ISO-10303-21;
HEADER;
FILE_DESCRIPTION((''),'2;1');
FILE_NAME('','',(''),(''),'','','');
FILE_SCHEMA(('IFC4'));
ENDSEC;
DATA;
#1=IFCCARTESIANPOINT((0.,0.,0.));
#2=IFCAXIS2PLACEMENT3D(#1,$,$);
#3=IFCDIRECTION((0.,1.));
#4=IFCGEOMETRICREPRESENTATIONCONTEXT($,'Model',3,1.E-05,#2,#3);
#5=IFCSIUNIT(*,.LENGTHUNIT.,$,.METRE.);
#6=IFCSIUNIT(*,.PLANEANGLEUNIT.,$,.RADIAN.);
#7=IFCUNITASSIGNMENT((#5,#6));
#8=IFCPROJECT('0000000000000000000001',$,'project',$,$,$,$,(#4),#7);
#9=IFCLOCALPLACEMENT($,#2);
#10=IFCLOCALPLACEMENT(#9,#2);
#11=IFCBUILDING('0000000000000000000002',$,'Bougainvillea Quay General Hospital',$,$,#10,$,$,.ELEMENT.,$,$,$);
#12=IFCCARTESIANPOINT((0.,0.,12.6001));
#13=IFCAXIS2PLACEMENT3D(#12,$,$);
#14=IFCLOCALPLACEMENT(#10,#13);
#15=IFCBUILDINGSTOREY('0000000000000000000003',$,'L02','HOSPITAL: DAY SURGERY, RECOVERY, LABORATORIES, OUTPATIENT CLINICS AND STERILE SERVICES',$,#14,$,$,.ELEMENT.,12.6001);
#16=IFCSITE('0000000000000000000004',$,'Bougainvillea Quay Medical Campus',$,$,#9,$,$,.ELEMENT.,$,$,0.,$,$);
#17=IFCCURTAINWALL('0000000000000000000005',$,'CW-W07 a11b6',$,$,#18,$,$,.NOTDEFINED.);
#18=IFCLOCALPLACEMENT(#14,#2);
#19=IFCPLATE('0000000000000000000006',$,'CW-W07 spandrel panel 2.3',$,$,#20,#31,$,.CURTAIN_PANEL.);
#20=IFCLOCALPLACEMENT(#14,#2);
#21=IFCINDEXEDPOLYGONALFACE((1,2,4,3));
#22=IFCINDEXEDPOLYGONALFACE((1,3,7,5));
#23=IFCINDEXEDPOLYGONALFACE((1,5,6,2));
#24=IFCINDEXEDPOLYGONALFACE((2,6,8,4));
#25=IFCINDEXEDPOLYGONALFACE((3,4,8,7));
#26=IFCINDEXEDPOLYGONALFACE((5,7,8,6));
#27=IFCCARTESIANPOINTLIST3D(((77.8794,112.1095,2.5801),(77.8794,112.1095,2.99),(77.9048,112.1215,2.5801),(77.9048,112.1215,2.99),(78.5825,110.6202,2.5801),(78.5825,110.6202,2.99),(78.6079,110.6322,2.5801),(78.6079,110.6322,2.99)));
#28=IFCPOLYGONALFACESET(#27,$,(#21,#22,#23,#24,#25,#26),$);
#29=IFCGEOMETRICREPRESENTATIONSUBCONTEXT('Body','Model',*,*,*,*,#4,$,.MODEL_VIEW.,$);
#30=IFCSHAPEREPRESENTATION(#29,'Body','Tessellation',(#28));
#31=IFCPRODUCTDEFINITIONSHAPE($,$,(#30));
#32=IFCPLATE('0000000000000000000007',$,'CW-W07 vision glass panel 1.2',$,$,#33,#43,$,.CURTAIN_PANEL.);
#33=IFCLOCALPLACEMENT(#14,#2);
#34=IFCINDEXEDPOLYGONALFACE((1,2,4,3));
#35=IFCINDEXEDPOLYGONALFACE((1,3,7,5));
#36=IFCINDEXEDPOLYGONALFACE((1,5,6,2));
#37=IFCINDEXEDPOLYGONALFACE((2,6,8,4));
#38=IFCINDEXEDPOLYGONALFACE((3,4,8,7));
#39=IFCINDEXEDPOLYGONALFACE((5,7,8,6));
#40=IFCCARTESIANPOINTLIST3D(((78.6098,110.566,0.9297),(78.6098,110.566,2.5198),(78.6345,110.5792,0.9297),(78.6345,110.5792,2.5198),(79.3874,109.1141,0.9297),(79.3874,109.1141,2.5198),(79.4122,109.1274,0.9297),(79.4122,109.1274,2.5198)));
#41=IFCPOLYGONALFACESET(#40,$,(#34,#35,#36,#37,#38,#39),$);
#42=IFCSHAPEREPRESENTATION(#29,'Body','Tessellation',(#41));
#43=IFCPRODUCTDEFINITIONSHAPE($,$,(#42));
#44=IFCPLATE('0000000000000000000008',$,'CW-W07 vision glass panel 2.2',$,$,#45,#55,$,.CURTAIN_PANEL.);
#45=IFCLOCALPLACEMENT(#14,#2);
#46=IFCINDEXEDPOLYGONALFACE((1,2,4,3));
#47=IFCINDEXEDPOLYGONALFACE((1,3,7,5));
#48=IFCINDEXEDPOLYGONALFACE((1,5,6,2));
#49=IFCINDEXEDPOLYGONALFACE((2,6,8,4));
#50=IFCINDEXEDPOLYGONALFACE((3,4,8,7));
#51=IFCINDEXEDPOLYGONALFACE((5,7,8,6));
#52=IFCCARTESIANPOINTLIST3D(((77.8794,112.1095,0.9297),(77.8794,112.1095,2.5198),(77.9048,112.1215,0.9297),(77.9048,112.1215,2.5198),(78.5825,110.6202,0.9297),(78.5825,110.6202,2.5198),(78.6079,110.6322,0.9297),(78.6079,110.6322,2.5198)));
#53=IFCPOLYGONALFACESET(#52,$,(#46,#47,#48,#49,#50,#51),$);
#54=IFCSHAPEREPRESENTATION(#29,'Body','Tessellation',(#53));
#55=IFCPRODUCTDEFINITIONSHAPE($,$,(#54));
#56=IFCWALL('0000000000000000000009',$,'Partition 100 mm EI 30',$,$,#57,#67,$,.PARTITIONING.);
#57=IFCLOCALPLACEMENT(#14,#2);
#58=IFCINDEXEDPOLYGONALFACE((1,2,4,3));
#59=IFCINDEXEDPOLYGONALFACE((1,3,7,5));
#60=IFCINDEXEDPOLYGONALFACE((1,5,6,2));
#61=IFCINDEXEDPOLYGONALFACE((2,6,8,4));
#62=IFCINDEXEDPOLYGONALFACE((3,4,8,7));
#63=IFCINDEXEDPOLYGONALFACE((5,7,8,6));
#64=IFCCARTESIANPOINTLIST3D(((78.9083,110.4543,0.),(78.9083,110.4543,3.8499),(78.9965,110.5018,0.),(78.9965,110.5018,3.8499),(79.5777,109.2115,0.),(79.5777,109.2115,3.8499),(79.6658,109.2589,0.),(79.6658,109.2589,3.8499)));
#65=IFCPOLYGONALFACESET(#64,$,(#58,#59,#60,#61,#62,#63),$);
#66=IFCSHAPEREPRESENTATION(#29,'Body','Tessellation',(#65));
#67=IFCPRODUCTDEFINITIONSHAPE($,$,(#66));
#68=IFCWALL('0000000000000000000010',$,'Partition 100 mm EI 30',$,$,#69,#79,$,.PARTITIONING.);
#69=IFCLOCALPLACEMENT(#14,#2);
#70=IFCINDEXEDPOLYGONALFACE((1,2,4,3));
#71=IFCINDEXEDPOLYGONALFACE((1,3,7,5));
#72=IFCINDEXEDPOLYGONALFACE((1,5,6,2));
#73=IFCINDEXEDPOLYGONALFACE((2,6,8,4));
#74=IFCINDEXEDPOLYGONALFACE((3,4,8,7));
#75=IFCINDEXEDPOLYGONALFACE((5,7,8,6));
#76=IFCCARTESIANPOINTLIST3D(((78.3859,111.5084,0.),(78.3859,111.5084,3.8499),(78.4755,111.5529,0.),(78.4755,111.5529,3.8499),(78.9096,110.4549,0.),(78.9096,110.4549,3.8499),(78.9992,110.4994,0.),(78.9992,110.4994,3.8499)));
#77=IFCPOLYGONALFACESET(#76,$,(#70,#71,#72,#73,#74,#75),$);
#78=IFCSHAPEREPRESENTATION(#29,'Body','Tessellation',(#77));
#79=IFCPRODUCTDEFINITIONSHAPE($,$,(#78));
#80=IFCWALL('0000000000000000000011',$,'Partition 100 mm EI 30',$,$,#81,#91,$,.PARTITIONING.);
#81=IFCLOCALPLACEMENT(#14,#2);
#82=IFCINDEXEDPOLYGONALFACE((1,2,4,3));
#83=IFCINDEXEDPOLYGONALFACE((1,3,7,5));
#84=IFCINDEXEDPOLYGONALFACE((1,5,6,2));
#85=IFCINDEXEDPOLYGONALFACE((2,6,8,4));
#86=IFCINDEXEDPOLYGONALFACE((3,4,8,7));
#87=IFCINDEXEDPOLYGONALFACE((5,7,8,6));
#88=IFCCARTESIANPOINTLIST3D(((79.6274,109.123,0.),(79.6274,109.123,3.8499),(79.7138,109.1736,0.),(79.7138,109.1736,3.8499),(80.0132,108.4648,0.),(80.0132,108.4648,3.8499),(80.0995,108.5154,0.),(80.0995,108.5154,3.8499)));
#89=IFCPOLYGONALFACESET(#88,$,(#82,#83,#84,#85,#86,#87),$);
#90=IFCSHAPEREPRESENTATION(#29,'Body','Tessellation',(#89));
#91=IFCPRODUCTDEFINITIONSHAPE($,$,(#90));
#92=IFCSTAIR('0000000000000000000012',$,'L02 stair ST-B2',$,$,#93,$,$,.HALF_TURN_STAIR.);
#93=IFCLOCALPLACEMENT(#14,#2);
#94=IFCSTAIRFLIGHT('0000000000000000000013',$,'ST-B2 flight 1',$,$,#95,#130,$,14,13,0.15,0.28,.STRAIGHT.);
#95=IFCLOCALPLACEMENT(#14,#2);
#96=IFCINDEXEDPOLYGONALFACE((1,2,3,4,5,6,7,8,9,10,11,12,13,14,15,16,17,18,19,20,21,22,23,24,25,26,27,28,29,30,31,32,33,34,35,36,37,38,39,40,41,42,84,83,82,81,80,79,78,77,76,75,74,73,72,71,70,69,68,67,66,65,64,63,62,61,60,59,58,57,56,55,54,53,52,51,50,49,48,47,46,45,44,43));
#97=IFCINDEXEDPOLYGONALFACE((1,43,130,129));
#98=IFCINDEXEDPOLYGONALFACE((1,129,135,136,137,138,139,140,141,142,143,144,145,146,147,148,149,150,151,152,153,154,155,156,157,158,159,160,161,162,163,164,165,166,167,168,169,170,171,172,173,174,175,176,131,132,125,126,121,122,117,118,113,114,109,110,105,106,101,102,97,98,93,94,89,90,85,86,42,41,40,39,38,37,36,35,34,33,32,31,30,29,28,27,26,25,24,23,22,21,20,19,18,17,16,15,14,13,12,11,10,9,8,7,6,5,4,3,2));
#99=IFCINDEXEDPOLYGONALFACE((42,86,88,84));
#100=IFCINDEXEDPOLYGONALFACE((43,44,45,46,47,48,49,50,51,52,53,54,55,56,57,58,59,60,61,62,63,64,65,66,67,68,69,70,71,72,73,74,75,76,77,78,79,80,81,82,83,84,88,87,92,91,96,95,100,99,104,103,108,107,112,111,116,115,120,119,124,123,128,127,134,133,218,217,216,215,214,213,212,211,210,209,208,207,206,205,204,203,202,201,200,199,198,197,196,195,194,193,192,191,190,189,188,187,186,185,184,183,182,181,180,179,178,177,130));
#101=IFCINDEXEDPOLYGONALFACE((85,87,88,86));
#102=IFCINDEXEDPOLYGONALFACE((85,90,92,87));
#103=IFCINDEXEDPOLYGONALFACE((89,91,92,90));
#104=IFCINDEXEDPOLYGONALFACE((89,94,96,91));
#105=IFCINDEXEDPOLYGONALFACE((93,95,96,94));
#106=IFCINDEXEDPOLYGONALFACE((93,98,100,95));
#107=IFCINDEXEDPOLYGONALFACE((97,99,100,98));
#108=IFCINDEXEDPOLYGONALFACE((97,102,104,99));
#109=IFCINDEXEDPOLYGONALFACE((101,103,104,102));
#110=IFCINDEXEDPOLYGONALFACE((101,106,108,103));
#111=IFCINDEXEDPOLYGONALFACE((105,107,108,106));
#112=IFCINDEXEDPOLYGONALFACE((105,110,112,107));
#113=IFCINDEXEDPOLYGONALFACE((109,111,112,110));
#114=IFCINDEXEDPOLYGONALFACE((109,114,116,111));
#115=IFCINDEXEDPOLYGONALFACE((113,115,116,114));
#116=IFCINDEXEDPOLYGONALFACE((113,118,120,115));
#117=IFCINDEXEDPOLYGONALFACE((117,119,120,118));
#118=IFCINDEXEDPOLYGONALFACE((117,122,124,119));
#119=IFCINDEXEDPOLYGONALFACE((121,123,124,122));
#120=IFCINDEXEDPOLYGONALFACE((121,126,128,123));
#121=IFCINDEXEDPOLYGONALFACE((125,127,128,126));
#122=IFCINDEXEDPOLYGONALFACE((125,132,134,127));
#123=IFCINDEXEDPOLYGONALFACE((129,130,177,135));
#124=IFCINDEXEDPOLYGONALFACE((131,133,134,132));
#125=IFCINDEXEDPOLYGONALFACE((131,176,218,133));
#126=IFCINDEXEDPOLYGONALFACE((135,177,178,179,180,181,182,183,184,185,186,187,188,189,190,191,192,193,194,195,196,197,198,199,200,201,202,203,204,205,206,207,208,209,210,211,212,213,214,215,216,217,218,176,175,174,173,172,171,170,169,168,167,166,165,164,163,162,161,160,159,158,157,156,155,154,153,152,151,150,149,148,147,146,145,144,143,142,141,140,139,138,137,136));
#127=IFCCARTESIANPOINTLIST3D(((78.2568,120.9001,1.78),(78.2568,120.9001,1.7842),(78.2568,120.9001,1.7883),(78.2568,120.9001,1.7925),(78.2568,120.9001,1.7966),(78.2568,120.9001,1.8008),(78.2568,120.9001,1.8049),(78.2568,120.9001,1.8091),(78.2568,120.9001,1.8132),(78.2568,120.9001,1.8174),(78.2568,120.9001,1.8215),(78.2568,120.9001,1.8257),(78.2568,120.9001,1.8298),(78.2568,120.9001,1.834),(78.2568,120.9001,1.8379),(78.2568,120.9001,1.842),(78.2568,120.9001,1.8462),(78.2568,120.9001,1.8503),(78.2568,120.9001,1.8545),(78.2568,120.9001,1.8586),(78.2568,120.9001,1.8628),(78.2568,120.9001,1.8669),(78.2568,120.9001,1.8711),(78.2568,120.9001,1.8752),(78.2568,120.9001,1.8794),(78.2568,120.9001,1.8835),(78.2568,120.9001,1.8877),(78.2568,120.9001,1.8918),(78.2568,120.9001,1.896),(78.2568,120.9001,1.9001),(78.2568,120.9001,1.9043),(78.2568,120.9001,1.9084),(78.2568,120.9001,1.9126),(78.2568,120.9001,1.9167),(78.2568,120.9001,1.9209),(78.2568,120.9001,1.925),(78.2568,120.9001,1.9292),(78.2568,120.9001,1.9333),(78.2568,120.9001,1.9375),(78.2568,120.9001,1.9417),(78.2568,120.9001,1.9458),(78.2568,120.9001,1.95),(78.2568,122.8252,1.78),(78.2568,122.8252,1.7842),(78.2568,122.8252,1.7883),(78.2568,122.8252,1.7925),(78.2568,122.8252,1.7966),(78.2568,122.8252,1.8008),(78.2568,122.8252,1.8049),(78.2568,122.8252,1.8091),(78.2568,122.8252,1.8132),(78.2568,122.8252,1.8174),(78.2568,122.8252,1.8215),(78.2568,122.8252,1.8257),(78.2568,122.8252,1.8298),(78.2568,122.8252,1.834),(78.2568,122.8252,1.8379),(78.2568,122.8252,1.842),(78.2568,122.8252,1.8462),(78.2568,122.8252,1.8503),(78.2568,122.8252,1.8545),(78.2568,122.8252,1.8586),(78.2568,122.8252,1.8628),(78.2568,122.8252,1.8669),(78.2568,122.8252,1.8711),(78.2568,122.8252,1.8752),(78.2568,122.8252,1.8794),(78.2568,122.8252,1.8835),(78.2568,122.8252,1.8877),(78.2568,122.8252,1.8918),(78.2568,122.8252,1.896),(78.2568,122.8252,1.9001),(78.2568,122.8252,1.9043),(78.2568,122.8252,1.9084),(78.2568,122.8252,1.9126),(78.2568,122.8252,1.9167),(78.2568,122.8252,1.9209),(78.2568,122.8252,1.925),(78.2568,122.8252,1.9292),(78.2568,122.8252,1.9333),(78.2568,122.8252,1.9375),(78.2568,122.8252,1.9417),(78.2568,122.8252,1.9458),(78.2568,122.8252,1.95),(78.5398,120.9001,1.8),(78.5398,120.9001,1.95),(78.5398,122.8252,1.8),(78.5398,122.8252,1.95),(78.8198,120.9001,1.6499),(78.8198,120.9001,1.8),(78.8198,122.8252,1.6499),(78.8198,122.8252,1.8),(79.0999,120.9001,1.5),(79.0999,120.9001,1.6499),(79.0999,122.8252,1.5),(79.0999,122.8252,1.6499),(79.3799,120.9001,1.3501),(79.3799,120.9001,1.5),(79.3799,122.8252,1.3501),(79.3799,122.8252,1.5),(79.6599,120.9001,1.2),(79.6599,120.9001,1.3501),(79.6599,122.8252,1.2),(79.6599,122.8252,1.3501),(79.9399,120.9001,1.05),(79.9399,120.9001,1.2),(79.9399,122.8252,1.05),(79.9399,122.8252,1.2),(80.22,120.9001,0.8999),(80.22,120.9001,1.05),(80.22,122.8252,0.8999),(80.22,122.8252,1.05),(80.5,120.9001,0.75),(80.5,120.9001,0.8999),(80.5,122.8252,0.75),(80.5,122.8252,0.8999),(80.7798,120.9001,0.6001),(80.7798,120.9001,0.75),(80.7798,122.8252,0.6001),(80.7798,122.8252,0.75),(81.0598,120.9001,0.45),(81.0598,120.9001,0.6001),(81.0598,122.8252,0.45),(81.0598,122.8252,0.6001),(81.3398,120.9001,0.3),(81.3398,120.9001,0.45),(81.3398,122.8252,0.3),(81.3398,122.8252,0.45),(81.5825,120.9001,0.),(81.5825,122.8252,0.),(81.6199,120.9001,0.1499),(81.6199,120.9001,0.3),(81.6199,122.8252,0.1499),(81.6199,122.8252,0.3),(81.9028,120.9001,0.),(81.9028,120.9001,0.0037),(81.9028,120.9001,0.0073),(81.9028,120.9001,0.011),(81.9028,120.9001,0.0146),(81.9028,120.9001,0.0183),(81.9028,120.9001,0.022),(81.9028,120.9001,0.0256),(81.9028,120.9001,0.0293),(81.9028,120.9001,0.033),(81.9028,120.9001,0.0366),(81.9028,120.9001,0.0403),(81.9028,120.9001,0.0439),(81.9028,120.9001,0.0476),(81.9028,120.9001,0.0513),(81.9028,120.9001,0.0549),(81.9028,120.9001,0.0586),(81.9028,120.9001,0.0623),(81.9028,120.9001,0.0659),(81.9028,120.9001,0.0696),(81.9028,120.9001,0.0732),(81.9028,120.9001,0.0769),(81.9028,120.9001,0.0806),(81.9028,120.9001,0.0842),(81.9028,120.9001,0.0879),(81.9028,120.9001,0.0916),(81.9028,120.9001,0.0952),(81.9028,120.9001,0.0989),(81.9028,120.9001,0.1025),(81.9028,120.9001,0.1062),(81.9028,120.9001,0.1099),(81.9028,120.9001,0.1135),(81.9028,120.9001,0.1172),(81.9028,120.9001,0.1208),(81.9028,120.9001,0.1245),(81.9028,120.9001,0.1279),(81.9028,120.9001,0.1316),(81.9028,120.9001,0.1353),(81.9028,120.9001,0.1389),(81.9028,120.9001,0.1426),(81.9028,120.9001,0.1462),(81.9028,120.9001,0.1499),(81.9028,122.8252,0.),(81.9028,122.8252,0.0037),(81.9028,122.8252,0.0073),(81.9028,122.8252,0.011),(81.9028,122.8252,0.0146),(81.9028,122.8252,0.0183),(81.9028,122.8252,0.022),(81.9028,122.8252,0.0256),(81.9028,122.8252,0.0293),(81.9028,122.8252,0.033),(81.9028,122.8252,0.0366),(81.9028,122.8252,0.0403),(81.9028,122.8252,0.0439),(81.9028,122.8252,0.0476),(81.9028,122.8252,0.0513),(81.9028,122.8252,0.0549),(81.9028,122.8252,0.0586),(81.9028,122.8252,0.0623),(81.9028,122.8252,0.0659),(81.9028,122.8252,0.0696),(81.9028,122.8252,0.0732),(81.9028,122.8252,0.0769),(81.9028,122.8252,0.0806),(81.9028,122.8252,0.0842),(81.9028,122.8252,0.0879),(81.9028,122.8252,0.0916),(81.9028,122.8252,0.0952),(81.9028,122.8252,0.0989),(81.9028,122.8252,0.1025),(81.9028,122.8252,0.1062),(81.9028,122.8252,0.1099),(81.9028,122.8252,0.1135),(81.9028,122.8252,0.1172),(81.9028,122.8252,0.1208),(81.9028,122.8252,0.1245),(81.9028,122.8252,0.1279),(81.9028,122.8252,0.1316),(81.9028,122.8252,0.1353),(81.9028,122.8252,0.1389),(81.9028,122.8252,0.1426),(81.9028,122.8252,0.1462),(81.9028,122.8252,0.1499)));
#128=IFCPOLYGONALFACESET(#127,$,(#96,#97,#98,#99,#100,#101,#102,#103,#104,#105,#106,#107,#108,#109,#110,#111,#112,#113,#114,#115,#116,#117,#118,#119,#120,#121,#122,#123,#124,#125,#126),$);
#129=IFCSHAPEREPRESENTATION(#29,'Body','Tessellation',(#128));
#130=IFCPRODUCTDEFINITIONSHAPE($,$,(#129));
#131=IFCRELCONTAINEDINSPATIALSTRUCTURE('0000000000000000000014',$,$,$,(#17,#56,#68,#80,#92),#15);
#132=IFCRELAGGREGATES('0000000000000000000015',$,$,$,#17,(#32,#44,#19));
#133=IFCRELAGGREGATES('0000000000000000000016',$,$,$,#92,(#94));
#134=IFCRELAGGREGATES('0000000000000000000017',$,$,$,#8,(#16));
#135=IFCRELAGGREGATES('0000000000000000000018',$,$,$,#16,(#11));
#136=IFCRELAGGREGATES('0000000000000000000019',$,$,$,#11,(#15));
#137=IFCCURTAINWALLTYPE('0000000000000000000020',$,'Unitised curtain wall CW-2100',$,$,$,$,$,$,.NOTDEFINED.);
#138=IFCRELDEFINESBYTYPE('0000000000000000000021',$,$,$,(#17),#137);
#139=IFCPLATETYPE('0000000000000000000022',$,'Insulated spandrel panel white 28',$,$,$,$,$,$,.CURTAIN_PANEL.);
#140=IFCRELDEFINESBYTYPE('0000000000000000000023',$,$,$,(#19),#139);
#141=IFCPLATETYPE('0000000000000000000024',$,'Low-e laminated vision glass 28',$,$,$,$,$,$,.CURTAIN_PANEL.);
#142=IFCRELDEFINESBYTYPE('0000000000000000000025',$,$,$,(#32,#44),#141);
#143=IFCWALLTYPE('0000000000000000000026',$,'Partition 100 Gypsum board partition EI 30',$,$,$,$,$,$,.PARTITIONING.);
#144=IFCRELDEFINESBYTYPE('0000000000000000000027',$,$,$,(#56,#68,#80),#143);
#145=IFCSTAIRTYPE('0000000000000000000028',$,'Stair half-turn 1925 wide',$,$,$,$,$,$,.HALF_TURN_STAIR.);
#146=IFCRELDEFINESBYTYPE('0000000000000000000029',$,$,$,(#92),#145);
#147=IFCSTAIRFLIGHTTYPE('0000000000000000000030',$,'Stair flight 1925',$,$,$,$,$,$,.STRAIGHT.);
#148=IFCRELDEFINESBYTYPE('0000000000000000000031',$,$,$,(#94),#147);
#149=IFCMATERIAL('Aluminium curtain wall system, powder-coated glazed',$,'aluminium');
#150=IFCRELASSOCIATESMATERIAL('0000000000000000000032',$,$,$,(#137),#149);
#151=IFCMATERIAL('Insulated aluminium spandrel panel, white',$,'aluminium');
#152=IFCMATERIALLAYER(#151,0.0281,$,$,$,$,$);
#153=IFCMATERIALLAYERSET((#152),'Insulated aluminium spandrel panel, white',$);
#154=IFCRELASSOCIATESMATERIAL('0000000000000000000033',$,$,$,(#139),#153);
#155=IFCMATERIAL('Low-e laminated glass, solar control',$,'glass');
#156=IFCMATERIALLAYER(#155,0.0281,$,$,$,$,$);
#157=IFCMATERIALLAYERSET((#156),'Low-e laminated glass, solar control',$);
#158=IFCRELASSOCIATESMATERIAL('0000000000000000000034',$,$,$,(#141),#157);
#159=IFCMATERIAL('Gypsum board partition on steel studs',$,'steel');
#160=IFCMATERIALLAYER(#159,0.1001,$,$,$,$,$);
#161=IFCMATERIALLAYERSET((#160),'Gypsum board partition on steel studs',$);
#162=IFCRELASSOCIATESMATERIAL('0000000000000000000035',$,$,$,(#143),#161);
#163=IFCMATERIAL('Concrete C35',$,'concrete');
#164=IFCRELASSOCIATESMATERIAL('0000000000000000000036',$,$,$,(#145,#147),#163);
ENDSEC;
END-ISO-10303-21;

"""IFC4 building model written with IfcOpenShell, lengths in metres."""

from ifc_helpers import new_model, si_unit, direction, frame, frame_2d, origin, origin_2d, place, context, subcontext, project, spatial, polyline, rectangle, outline, extrude, material, layer, layer_set, type_object, element, aggregate, save


model = new_model("IFC4")

# Units and contexts
model_context = context("Model", 3, precision=1e-05, world=origin(), true_north=direction((0.0, 1.0)))
body_context = subcontext(model_context, "Body", "Model", "MODEL_VIEW")
ifc_project = project(units=[si_unit("LENGTHUNIT", "METRE"), si_unit("PLANEANGLEUNIT", "RADIAN")], contexts=[model_context])

# Site, building, storey
site_placement = place(None, origin())
site = spatial("IfcSite", under=ifc_project, at=site_placement, Name="Bougainvillea Quay Medical Campus", CompositionType="ELEMENT", RefElevation=0.0)
building_placement = place(site_placement, origin())
building = spatial("IfcBuilding", under=site, at=building_placement, Name="Bougainvillea Quay General Hospital", CompositionType="ELEMENT")
storey_placement = place(building_placement, frame((0.0, 0.0, 12.6001)))
storey = spatial("IfcBuildingStorey", under=building, at=storey_placement, Name="L02", Description="HOSPITAL: DAY SURGERY, RECOVERY, LABORATORIES, OUTPATIENT CLINICS AND STERILE SERVICES", CompositionType="ELEMENT", Elevation=12.6001)

# Shared definitions
ifc_material_1 = material(Name="Aluminium curtain wall system, powder-coated glazed", Category="aluminium")
curtain_wall_type = type_object("IfcCurtainWallType", Name="Unitised curtain wall CW-2100", PredefinedType="NOTDEFINED", material=ifc_material_1)

# Curtain wall, plates
curtain_wall_1_placement = place(storey_placement, origin())
curtain_wall_1 = element("IfcCurtainWall", 1, at=curtain_wall_1_placement, inside=storey, type_object=curtain_wall_type, Name="CW-W07 a11b6", PredefinedType="NOTDEFINED")
ifc_material_2 = material(Name="Insulated aluminium spandrel panel, white", Category="aluminium")
ifc_layer_1 = layer(ifc_material_2, 0.0281)
ifc_layer_set_1 = layer_set([ifc_layer_1], Name="Insulated aluminium spandrel panel, white")
plate_type_1 = type_object("IfcPlateType", Name="Insulated spandrel panel white 28", PredefinedType="CURTAIN_PANEL", material=ifc_layer_set_1)
plate_1_placement = place(storey_placement, frame((78.2437, 111.3708, 2.5801), z_axis=(0.0, 0.0, 1.0), x_axis=(-0.426869, 0.904314, 0.0)))
plate_1 = element("IfcPlate", 2, at=plate_1_placement, type_object=plate_type_1, Name="CW-W07 spandrel panel 2.3", PredefinedType="CURTAIN_PANEL", context=body_context, shape_type="SweptSolid", body=[
    extrude(rectangle(XDim=1.647, YDim=0.0281, at=origin_2d()), origin(), (0.0, 0.0, 1.0), 0.4099),
])
ifc_material_3 = material(Name="Low-e laminated glass, solar control", Category="glass")
ifc_layer_2 = layer(ifc_material_3, 0.0281)
ifc_layer_set_2 = layer_set([ifc_layer_2], Name="Low-e laminated glass, solar control")
plate_type_2 = type_object("IfcPlateType", Name="Low-e laminated vision glass 28", PredefinedType="CURTAIN_PANEL", material=ifc_layer_set_2)
plate_2_placement = place(storey_placement, frame((79.011, 109.8467, 0.9297), z_axis=(0.0, 0.0, 1.0), x_axis=(-0.472166, 0.88151, 0.0)))
plate_2 = element("IfcPlate", 3, at=plate_2_placement, type_object=plate_type_2, Name="CW-W07 vision glass panel 1.2", PredefinedType="CURTAIN_PANEL", context=body_context, shape_type="SweptSolid", body=[
    extrude(rectangle(XDim=1.647, YDim=0.0281, at=origin_2d()), origin(), (0.0, 0.0, 1.0), 1.5901),
])
plate_3_placement = place(storey_placement, frame((78.2437, 111.3708, 0.9297), z_axis=(0.0, 0.0, 1.0), x_axis=(-0.426869, 0.904314, 0.0)))
plate_3 = element("IfcPlate", 4, at=plate_3_placement, type_object=plate_type_2, Name="CW-W07 vision glass panel 2.2", PredefinedType="CURTAIN_PANEL", context=body_context, shape_type="SweptSolid", body=[
    extrude(rectangle(XDim=1.647, YDim=0.0281, at=origin_2d()), origin(), (0.0, 0.0, 1.0), 1.5901),
])
aggregate(curtain_wall_1, [plate_2, plate_3, plate_1])

# Walls
ifc_material_4 = material(Name="Gypsum board partition on steel studs", Category="steel")
ifc_layer_3 = layer(ifc_material_4, 0.1001)
ifc_layer_set_3 = layer_set([ifc_layer_3], Name="Gypsum board partition on steel studs")
wall_type = type_object("IfcWallType", Name="Partition 100 Gypsum board partition EI 30", PredefinedType="PARTITIONING", material=ifc_layer_set_3)
wall_1_placement = place(storey_placement, frame((78.9524, 110.478, 0.0), z_axis=(0.0, 0.0, 1.0), x_axis=(0.474193, -0.880421, 0.0)))
element("IfcWall", 5, at=wall_1_placement, inside=storey, type_object=wall_type, Name="Partition 100 mm EI 30", PredefinedType="PARTITIONING", context=body_context, shape_type="SweptSolid", body=[
    extrude(rectangle(XDim=1.4116, YDim=0.1001, at=frame_2d((0.7058, 0.0))), origin(), (0.0, 0.0, 1.0), 3.8499),
])
wall_2_placement = place(storey_placement, frame((78.4307, 111.5308, 0.0), z_axis=(0.0, 0.0, 1.0), x_axis=(0.445137, -0.895462, 0.0)))
element("IfcWall", 6, at=wall_2_placement, inside=storey, type_object=wall_type, Name="Partition 100 mm EI 30", PredefinedType="PARTITIONING", context=body_context, shape_type="SweptSolid", body=[
    extrude(rectangle(XDim=1.1765, YDim=0.1001, at=frame_2d((0.5884, 0.0))), origin(), (0.0, 0.0, 1.0), 3.8499),
])
wall_3_placement = place(storey_placement, frame((79.6707, 109.1482, 0.0), z_axis=(0.0, 0.0, 1.0), x_axis=(0.505621, -0.862756, 0.0)))
element("IfcWall", 7, at=wall_3_placement, inside=storey, type_object=wall_type, Name="Partition 100 mm EI 30", PredefinedType="PARTITIONING", context=body_context, shape_type="SweptSolid", body=[
    extrude(rectangle(XDim=0.7629, YDim=0.1001, at=frame_2d((0.3813, 0.0))), origin(), (0.0, 0.0, 1.0), 3.8499),
])

# Stair, stair flight
ifc_material_5 = material(Name="Concrete C35", Category="concrete")
stair_type = type_object("IfcStairType", Name="Stair half-turn 1925 wide", PredefinedType="HALF_TURN_STAIR", material=ifc_material_5)
stair_placement = place(storey_placement, origin())
stair = element("IfcStair", 8, at=stair_placement, inside=storey, type_object=stair_type, Name="L02 stair ST-B2", PredefinedType="HALF_TURN_STAIR")
stair_flight_type = type_object("IfcStairFlightType", Name="Stair flight 1925", PredefinedType="STRAIGHT", material=ifc_material_5)
stair_flight_1_placement = place(storey_placement, frame((81.8999, 121.8625, 0.0), z_axis=(0.0, 0.0, 1.0), x_axis=(-1.0, 0.0, 0.0)))
stair_flight_1 = element("IfcStairFlight", 9, at=stair_flight_1_placement, type_object=stair_flight_type, Name="ST-B2 flight 1", NumberOfRisers=14, NumberOfTreads=13, PredefinedType="STRAIGHT", RiserHeight=0.15, TreadLength=0.28, context=body_context, shape_type="SweptSolid", body=[
    extrude(outline(polyline([(-0.0029, 0.0), (-0.0029, 0.0037), (-0.0029, 0.0073), (-0.0029, 0.011), (-0.0029, 0.0146), (-0.0029, 0.0183), (-0.0029, 0.022), (-0.0029, 0.0256), (-0.0029, 0.0293), (-0.0029, 0.033), (-0.0029, 0.0366), (-0.0029, 0.0403), (-0.0029, 0.0439), (-0.0029, 0.0476), (-0.0029, 0.0513), (-0.0029, 0.0549), (-0.0029, 0.0586), (-0.0029, 0.0623), (-0.0029, 0.0659), (-0.0029, 0.0696), (-0.0029, 0.0732), (-0.0029, 0.0769), (-0.0029, 0.0806), (-0.0029, 0.0842), (-0.0029, 0.0879), (-0.0029, 0.0916), (-0.0029, 0.0952), (-0.0029, 0.0989), (-0.0029, 0.1025), (-0.0029, 0.1062), (-0.0029, 0.1099), (-0.0029, 0.1135), (-0.0029, 0.1172), (-0.0029, 0.1208), (-0.0029, 0.1245), (-0.0029, 0.1279), (-0.0029, 0.1316), (-0.0029, 0.1353), (-0.0029, 0.1389), (-0.0029, 0.1426), (-0.0029, 0.1462), (-0.0029, 0.1499), (0.28, 0.1499), (0.28, 0.3), (0.5601, 0.3), (0.5601, 0.45), (0.8401, 0.45), (0.8401, 0.6001), (1.1201, 0.6001), (1.1201, 0.75), (1.3999, 0.75), (1.3999, 0.8999), (1.6799, 0.8999), (1.6799, 1.05), (1.96, 1.05), (1.96, 1.2), (2.24, 1.2), (2.24, 1.3501), (2.52, 1.3501), (2.52, 1.5), (2.8, 1.5), (2.8, 1.6499), (3.0801, 1.6499), (3.0801, 1.8), (3.3601, 1.8), (3.3601, 1.95), (3.6431, 1.95), (3.6431, 1.9458), (3.6431, 1.9417), (3.6431, 1.9375), (3.6431, 1.9333), (3.6431, 1.9292), (3.6431, 1.925), (3.6431, 1.9209), (3.6431, 1.9167), (3.6431, 1.9126), (3.6431, 1.9084), (3.6431, 1.9043), (3.6431, 1.9001), (3.6431, 1.896), (3.6431, 1.8918), (3.6431, 1.8877), (3.6431, 1.8835), (3.6431, 1.8794), (3.6431, 1.8752), (3.6431, 1.8711), (3.6431, 1.8669), (3.6431, 1.8628), (3.6431, 1.8586), (3.6431, 1.8545), (3.6431, 1.8503), (3.6431, 1.8462), (3.6431, 1.842), (3.6431, 1.8379), (3.6431, 1.834), (3.6431, 1.8298), (3.6431, 1.8257), (3.6431, 1.8215), (3.6431, 1.8174), (3.6431, 1.8132), (3.6431, 1.8091), (3.6431, 1.8049), (3.6431, 1.8008), (3.6431, 1.7966), (3.6431, 1.7925), (3.6431, 1.7883), (3.6431, 1.7842), (3.6431, 1.78), (0.3174, 0.0), (-0.0029, 0.0)])), frame((0.0, 0.9624, 0.0), z_axis=(0.0, -1.0, 0.0), x_axis=(1.0, 0.0, 0.0)), (0.0, 0.0, 1.0), 1.925),
])
aggregate(stair, [stair_flight_1])

save(model, "model.ifc")
